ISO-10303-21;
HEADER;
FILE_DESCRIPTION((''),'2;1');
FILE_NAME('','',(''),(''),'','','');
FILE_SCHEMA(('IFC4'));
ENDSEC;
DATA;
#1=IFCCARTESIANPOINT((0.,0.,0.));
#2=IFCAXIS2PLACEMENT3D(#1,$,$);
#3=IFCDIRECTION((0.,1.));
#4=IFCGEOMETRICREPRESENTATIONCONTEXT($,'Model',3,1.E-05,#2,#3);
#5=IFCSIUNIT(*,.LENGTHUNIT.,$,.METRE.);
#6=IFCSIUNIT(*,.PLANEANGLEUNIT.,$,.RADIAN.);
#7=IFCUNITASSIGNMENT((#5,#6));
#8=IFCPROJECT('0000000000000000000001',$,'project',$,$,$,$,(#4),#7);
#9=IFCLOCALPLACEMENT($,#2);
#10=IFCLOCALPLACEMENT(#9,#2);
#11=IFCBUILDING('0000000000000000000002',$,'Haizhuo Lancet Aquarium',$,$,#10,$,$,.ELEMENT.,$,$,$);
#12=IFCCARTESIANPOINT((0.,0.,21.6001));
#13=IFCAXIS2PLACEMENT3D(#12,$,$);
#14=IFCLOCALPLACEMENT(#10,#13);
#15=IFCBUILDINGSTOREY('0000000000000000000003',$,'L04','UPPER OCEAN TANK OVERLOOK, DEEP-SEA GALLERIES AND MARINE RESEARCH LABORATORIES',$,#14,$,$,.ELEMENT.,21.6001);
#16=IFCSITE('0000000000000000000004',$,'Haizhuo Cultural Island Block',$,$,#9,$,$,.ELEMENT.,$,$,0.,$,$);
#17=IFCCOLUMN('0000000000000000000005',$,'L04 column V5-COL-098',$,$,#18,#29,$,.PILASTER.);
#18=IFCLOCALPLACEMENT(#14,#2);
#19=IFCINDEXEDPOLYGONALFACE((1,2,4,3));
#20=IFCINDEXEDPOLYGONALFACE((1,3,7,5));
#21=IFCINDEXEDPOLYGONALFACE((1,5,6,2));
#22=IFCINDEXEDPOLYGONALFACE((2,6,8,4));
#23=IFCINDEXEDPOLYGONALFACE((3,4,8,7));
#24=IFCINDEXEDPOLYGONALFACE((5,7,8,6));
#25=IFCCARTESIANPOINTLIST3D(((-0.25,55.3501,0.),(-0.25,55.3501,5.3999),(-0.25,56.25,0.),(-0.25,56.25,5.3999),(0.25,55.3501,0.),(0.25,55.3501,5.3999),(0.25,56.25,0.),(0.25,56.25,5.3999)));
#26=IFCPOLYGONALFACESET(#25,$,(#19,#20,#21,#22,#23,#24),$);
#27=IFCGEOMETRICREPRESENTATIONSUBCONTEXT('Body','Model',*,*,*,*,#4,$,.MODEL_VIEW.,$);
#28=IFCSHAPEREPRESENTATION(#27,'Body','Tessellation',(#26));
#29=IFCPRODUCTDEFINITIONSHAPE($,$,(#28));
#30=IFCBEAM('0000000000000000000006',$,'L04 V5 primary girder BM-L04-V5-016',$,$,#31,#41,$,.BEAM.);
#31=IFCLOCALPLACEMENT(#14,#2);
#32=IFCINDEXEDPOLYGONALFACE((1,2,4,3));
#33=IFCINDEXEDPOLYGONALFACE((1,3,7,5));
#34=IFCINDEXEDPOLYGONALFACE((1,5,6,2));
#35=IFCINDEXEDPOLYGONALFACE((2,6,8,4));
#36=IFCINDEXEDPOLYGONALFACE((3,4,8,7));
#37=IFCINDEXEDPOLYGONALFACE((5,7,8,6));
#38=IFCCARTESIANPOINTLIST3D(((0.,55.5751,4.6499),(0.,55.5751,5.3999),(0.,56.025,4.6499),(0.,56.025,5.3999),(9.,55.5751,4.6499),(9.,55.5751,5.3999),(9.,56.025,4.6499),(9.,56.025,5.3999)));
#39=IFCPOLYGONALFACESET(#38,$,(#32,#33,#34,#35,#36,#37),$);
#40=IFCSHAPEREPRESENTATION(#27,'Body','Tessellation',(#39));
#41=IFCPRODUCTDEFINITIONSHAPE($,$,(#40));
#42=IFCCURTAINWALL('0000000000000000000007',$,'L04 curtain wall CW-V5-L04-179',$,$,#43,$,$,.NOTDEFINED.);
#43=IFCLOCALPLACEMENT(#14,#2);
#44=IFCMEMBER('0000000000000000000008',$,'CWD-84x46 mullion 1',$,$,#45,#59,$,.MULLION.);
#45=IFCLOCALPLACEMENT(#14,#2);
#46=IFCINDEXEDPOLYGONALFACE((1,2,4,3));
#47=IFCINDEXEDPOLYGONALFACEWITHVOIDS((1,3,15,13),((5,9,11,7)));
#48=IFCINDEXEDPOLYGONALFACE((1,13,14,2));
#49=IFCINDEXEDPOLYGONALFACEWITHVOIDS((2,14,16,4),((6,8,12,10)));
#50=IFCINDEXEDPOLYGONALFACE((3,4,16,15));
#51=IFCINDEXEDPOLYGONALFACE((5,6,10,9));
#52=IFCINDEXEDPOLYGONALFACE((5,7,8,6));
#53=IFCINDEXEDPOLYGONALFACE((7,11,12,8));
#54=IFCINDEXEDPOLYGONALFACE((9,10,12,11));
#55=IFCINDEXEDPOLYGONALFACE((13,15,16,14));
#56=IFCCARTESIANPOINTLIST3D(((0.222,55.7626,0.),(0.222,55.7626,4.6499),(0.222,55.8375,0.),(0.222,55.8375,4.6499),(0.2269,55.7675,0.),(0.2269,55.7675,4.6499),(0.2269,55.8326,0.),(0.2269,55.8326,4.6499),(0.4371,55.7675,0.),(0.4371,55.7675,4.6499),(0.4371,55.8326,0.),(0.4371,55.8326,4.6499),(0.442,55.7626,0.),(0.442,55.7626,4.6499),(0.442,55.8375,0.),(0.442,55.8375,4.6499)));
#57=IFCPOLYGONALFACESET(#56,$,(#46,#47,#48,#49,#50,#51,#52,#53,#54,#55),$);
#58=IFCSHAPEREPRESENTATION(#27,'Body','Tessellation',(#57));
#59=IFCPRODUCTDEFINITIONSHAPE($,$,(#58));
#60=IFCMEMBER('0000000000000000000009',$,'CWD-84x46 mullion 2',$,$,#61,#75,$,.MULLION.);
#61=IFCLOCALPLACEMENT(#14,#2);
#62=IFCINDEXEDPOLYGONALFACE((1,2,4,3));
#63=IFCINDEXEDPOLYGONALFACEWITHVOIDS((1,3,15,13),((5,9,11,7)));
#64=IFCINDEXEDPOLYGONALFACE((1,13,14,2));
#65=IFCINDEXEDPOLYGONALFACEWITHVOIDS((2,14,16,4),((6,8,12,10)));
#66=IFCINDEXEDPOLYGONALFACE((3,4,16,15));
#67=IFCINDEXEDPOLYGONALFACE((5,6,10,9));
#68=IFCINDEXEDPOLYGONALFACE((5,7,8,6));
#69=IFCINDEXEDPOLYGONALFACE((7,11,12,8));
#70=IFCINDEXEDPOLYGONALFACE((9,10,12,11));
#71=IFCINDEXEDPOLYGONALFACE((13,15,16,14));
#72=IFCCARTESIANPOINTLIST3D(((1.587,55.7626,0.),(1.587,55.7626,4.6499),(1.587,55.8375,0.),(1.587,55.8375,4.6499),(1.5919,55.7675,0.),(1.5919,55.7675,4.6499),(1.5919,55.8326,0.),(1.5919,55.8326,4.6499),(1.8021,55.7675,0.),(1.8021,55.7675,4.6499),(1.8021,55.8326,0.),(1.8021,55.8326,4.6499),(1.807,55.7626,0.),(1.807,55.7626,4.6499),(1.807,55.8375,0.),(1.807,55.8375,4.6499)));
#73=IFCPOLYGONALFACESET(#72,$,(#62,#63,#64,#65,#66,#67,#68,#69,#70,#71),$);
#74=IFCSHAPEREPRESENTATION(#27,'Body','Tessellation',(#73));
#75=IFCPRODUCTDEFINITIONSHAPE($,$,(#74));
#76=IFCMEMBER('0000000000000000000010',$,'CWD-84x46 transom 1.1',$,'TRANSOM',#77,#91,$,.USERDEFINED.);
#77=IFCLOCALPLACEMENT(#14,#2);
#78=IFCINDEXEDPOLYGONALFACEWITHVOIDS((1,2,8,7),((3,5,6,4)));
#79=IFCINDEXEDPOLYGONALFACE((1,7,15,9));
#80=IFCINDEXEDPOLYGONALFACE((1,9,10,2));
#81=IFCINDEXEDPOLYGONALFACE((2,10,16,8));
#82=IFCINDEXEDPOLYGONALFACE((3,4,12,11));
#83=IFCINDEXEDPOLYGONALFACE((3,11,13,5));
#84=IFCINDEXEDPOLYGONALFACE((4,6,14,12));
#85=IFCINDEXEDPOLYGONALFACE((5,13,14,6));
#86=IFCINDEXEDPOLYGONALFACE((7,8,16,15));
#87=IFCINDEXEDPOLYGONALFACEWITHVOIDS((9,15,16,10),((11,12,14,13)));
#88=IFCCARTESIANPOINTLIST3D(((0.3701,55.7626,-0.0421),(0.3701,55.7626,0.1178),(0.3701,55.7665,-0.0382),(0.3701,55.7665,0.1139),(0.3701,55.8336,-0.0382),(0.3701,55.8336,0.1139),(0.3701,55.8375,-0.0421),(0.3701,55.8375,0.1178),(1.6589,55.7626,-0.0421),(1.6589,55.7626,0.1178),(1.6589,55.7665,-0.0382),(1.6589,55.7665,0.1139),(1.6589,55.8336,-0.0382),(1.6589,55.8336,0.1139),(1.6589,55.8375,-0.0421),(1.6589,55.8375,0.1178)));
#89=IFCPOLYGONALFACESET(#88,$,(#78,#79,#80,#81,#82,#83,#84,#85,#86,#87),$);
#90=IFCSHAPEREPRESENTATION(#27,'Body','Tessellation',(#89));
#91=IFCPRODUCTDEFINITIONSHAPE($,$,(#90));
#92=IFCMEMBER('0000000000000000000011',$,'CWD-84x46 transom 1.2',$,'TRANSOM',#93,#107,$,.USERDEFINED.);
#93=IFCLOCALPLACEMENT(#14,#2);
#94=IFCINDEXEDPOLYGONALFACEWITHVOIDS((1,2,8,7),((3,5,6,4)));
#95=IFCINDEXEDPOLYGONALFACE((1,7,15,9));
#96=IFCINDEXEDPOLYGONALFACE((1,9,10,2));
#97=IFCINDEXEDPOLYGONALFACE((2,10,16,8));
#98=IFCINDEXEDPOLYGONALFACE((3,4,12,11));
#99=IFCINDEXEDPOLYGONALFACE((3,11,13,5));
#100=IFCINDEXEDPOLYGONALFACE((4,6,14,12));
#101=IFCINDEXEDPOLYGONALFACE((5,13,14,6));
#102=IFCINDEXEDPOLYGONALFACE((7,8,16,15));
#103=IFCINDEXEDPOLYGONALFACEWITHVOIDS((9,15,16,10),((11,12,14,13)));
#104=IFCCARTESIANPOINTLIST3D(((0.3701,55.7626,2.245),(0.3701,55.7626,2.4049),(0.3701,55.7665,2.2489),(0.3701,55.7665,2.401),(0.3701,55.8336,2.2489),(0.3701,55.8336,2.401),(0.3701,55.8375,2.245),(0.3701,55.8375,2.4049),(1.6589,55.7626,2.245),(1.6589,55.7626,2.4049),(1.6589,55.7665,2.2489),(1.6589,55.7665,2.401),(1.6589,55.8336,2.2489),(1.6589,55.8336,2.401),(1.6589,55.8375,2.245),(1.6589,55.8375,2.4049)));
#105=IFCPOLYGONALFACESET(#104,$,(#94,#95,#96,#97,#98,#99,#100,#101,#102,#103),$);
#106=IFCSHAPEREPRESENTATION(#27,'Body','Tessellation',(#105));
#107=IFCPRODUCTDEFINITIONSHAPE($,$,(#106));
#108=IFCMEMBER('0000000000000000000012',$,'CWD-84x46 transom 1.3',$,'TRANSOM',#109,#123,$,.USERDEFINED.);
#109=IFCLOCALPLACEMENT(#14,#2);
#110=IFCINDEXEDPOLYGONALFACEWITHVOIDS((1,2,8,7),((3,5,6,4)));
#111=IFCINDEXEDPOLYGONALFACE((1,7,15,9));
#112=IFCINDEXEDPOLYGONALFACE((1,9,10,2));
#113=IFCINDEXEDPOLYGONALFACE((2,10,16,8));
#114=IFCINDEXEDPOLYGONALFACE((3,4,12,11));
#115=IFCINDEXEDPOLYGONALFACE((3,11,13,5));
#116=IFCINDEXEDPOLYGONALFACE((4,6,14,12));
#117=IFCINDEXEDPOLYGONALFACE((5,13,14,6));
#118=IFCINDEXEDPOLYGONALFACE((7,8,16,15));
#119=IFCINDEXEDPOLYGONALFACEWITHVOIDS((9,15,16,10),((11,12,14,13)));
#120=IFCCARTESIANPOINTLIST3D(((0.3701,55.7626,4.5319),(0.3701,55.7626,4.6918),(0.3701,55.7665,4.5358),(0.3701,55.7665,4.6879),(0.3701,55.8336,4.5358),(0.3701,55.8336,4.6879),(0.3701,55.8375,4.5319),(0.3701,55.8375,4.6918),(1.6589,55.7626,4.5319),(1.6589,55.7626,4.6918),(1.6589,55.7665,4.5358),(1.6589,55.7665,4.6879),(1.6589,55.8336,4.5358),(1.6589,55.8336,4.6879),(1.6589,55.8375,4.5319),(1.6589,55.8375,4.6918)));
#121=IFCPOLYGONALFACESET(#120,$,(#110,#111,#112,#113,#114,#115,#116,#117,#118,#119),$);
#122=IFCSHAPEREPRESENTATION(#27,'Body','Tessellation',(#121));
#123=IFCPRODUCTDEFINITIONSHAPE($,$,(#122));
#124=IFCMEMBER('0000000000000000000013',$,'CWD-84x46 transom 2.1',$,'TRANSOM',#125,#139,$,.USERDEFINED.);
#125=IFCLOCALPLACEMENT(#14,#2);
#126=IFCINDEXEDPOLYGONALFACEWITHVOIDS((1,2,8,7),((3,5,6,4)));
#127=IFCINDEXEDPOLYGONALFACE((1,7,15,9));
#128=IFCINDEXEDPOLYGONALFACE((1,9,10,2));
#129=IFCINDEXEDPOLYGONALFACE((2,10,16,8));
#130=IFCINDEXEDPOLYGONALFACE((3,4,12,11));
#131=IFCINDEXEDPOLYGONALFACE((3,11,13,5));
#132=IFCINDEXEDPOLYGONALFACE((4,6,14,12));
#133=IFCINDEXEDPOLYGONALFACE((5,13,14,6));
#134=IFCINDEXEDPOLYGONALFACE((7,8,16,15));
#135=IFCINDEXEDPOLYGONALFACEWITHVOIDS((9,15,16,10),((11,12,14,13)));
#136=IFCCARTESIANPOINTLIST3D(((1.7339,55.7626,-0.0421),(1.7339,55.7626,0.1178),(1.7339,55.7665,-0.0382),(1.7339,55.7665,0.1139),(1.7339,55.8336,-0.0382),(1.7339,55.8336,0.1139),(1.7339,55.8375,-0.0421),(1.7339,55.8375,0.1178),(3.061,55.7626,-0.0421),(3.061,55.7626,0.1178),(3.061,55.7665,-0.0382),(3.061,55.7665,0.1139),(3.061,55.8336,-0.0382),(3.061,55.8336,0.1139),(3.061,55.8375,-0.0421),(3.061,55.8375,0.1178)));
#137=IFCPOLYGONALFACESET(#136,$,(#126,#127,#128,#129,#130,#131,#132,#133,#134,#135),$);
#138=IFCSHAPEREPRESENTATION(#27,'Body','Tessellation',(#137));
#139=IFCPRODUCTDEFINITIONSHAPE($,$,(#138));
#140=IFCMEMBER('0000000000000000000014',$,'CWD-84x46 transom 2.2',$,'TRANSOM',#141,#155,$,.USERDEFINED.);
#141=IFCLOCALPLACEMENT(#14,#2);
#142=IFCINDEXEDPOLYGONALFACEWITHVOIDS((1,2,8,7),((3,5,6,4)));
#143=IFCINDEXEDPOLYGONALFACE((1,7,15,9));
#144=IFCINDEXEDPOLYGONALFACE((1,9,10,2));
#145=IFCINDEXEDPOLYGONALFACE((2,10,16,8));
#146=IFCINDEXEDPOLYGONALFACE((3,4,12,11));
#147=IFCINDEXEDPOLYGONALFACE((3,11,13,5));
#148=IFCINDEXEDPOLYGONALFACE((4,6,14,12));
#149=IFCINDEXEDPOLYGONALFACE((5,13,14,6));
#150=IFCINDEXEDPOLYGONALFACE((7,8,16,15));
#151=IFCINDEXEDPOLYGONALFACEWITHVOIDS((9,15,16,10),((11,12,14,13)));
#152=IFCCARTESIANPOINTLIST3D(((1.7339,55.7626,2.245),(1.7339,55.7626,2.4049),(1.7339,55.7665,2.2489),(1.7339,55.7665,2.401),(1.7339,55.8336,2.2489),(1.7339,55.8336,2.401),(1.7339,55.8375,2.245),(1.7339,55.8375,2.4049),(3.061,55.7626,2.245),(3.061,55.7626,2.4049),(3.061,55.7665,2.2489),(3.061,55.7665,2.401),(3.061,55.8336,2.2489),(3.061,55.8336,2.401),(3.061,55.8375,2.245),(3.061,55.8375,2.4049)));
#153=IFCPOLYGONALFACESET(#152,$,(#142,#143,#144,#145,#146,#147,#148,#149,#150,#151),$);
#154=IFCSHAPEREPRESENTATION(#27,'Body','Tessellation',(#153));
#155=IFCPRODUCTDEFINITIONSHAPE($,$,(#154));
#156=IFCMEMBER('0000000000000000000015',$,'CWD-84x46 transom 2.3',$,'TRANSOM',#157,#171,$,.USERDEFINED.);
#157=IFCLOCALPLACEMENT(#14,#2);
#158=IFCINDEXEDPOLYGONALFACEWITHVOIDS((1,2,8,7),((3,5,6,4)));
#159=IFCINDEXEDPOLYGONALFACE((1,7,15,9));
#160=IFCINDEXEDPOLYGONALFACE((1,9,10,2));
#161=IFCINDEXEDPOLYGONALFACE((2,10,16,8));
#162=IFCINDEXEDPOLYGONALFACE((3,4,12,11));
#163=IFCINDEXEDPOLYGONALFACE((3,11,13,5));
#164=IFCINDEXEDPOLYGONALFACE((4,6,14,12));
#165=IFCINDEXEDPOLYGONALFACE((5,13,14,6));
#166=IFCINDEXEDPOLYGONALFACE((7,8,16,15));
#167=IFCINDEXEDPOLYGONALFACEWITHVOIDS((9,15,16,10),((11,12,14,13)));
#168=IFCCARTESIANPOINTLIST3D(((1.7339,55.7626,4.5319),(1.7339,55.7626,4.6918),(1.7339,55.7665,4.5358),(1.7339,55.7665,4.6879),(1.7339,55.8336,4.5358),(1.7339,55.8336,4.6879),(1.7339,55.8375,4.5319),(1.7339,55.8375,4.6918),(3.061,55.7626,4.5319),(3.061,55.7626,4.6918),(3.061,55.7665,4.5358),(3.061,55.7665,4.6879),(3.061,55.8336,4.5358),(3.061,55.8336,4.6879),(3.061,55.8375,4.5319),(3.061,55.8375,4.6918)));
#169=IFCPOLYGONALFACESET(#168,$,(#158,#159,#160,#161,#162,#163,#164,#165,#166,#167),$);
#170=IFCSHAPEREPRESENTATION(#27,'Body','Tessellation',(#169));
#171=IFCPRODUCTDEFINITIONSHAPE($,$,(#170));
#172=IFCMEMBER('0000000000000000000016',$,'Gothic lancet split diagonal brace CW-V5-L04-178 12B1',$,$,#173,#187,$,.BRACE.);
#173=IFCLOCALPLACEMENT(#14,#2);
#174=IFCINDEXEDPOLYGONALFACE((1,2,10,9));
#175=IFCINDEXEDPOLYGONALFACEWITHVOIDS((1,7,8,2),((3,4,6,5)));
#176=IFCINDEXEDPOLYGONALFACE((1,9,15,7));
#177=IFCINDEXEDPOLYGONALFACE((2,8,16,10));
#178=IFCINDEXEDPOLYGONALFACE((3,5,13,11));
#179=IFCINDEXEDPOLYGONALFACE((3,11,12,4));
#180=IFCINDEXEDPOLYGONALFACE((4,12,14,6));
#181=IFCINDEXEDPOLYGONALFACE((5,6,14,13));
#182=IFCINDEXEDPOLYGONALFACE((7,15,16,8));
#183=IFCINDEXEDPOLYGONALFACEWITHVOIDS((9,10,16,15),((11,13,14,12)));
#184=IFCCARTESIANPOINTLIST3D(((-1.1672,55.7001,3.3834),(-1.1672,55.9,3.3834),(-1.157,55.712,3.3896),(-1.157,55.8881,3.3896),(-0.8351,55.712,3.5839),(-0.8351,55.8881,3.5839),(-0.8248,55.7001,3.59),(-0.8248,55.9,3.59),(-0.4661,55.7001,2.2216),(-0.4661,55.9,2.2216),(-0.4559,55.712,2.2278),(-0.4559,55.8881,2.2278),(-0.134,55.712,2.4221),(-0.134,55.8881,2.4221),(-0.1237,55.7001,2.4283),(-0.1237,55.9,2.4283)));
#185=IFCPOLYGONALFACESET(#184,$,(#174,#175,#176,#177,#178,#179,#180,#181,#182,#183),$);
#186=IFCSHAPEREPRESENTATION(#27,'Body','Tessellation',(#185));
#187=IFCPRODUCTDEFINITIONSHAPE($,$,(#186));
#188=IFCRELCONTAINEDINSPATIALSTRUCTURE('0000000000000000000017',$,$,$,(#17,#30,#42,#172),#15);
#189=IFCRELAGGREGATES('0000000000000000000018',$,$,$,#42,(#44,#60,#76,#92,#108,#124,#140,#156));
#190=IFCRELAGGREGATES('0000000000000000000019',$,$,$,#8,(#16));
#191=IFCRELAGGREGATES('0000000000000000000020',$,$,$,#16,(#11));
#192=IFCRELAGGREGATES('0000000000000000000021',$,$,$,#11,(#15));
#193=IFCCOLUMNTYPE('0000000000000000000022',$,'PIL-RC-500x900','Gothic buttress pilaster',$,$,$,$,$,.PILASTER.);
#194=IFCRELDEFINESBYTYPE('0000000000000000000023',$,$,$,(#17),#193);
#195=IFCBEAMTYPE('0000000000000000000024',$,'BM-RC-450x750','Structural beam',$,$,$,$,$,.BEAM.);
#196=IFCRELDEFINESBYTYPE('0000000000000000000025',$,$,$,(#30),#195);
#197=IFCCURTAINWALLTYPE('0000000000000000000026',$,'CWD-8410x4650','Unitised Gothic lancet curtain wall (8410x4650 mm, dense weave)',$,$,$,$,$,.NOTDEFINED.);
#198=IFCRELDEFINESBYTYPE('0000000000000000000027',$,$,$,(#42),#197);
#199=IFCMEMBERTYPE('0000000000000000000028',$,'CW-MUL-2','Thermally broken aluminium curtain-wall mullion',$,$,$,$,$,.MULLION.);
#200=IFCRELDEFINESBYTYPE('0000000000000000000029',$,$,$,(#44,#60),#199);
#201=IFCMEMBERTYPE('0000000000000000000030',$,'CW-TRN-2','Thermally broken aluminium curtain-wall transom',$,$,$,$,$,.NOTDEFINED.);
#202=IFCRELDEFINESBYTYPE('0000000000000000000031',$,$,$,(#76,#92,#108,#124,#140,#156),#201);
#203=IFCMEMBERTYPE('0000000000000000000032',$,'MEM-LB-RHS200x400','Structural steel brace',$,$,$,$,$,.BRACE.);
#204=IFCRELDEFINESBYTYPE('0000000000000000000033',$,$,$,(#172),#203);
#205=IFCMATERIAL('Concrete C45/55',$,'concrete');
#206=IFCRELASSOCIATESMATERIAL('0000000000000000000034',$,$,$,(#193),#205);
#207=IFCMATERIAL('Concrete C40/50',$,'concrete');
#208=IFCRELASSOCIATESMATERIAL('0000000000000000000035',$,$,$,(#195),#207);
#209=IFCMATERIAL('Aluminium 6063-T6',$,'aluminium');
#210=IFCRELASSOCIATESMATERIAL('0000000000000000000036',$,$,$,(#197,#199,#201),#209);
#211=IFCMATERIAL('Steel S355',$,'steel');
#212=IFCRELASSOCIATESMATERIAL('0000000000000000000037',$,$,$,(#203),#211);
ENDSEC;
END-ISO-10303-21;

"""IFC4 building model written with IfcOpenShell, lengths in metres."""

from ifc_helpers import new_model, si_unit, direction, frame, origin, origin_2d, place, context, subcontext, project, spatial, rectangle, hollow_rectangle, extrude, material, material_profile, profile_set, type_object, element, aggregate, save


model = new_model("IFC4")

# Units and contexts
model_context = context("Model", 3, precision=1e-05, world=origin(), true_north=direction((0.0, 1.0)))
body_context = subcontext(model_context, "Body", "Model", "MODEL_VIEW")
ifc_project = project(units=[si_unit("LENGTHUNIT", "METRE"), si_unit("PLANEANGLEUNIT", "RADIAN")], contexts=[model_context])

# Site, building, storey
site_placement = place(None, origin())
site = spatial("IfcSite", under=ifc_project, at=site_placement, Name="Haizhuo Cultural Island Block", CompositionType="ELEMENT", RefElevation=0.0)
building_placement = place(site_placement, origin())
building = spatial("IfcBuilding", under=site, at=building_placement, Name="Haizhuo Lancet Aquarium", CompositionType="ELEMENT")
storey_placement = place(building_placement, frame((0.0, 0.0, 21.6001)))
storey = spatial("IfcBuildingStorey", under=building, at=storey_placement, Name="L04", Description="UPPER OCEAN TANK OVERLOOK, DEEP-SEA GALLERIES AND MARINE RESEARCH LABORATORIES", CompositionType="ELEMENT", Elevation=21.6001)

# Column
ifc_material_1 = material(Name="Concrete C45/55", Category="concrete")
ifc_material_profile_1 = material_profile(ifc_material_1, rectangle(XDim=0.5, YDim=0.8999, at=origin_2d()), Name="RC-PIL 500x900")
ifc_profile_set_1 = profile_set([ifc_material_profile_1], Name="Concrete C45/55")
column_type = type_object("IfcColumnType", Name="PIL-RC-500x900", Description="Gothic buttress pilaster", PredefinedType="PILASTER", material=ifc_profile_set_1)
column_placement = place(storey_placement, frame((0.0, 55.8, 0.0), z_axis=(0.0, 0.0, 1.0), x_axis=(1.0, 0.0, 0.0)))
element("IfcColumn", 1, at=column_placement, inside=storey, type_object=column_type, Name="L04 column V5-COL-098", PredefinedType="PILASTER", context=body_context, shape_type="SweptSolid", body=[
    extrude(rectangle(XDim=0.5, YDim=0.8999, at=origin_2d()), origin(), (0.0, 0.0, 1.0), 5.3999),
])

# Beam
ifc_material_2 = material(Name="Concrete C40/50", Category="concrete")
ifc_material_profile_2 = material_profile(ifc_material_2, rectangle(XDim=0.45, YDim=0.75, at=origin_2d()), Name="RC-BM 450x750")
ifc_profile_set_2 = profile_set([ifc_material_profile_2], Name="Concrete C40/50")
beam_type = type_object("IfcBeamType", Name="BM-RC-450x750", Description="Structural beam", PredefinedType="BEAM", material=ifc_profile_set_2)
beam_placement = place(storey_placement, frame((0.0, 55.8, 5.0249), z_axis=(1.0, 0.0, 0.0), x_axis=(0.0, 1.0, 0.0)))
element("IfcBeam", 2, at=beam_placement, inside=storey, type_object=beam_type, Name="L04 V5 primary girder BM-L04-V5-016", PredefinedType="BEAM", context=body_context, shape_type="SweptSolid", body=[
    extrude(rectangle(XDim=0.45, YDim=0.75, at=origin_2d()), origin(), (0.0, 0.0, 1.0), 9.0),
])

# Curtain wall, members
ifc_material_3 = material(Name="Aluminium 6063-T6", Category="aluminium")
curtain_wall_type = type_object("IfcCurtainWallType", Name="CWD-8410x4650", Description="Unitised Gothic lancet curtain wall (8410x4650 mm, dense weave)", PredefinedType="NOTDEFINED", material=ifc_material_3)
curtain_wall_placement = place(storey_placement, origin())
curtain_wall = element("IfcCurtainWall", 3, at=curtain_wall_placement, inside=storey, type_object=curtain_wall_type, Name="L04 curtain wall CW-V5-L04-179", PredefinedType="NOTDEFINED")
ifc_material_profile_3 = material_profile(ifc_material_3, hollow_rectangle(XDim=0.075, YDim=0.22, WallThickness=0.0049, at=origin_2d()), Name="ALU-M 75x220x5")
ifc_profile_set_3 = profile_set([ifc_material_profile_3], Name="Aluminium 6063-T6")
member_type_1 = type_object("IfcMemberType", Name="CW-MUL-2", Description="Thermally broken aluminium curtain-wall mullion", PredefinedType="MULLION", material=ifc_profile_set_3)
member_1_placement = place(storey_placement, frame((0.332, 55.8, 0.0), z_axis=(0.0, 0.0, 1.0), x_axis=(0.0, 1.0, 0.0)))
member_1 = element("IfcMember", 4, at=member_1_placement, type_object=member_type_1, Name="CWD-84x46 mullion 1", PredefinedType="MULLION", context=body_context, shape_type="SweptSolid", body=[
    extrude(hollow_rectangle(XDim=0.075, YDim=0.22, WallThickness=0.0049, at=origin_2d()), origin(), (0.0, 0.0, 1.0), 4.6499),
])
member_2_placement = place(storey_placement, frame((1.697, 55.8, 0.0), z_axis=(0.0, 0.0, 1.0), x_axis=(0.0, 1.0, 0.0)))
member_2 = element("IfcMember", 5, at=member_2_placement, type_object=member_type_1, Name="CWD-84x46 mullion 2", PredefinedType="MULLION", context=body_context, shape_type="SweptSolid", body=[
    extrude(hollow_rectangle(XDim=0.075, YDim=0.22, WallThickness=0.0049, at=origin_2d()), origin(), (0.0, 0.0, 1.0), 4.6499),
])
ifc_material_profile_4 = material_profile(ifc_material_3, hollow_rectangle(XDim=0.075, YDim=0.1599, WallThickness=0.0039, at=origin_2d()), Name="ALU-T 75x160x4")
ifc_profile_set_4 = profile_set([ifc_material_profile_4], Name="Aluminium 6063-T6")
member_type_2 = type_object("IfcMemberType", Name="CW-TRN-2", Description="Thermally broken aluminium curtain-wall transom", PredefinedType="NOTDEFINED", material=ifc_profile_set_4)
member_3_placement = place(storey_placement, frame((0.3701, 55.8, 0.0378), z_axis=(1.0, 0.0, 0.0), x_axis=(0.0, 1.0, 0.0)))
member_3 = element("IfcMember", 6, at=member_3_placement, type_object=member_type_2, Name="CWD-84x46 transom 1.1", ObjectType="TRANSOM", PredefinedType="USERDEFINED", context=body_context, shape_type="SweptSolid", body=[
    extrude(hollow_rectangle(XDim=0.075, YDim=0.1599, WallThickness=0.0039, at=origin_2d()), origin(), (0.0, 0.0, 1.0), 1.2888),
])
member_4_placement = place(storey_placement, frame((0.3701, 55.8, 2.325), z_axis=(1.0, 0.0, 0.0), x_axis=(0.0, 1.0, 0.0)))
member_4 = element("IfcMember", 7, at=member_4_placement, type_object=member_type_2, Name="CWD-84x46 transom 1.2", ObjectType="TRANSOM", PredefinedType="USERDEFINED", context=body_context, shape_type="SweptSolid", body=[
    extrude(hollow_rectangle(XDim=0.075, YDim=0.1599, WallThickness=0.0039, at=origin_2d()), origin(), (0.0, 0.0, 1.0), 1.2888),
])
member_5_placement = place(storey_placement, frame((0.3701, 55.8, 4.6118), z_axis=(1.0, 0.0, 0.0), x_axis=(0.0, 1.0, 0.0)))
member_5 = element("IfcMember", 8, at=member_5_placement, type_object=member_type_2, Name="CWD-84x46 transom 1.3", ObjectType="TRANSOM", PredefinedType="USERDEFINED", context=body_context, shape_type="SweptSolid", body=[
    extrude(hollow_rectangle(XDim=0.075, YDim=0.1599, WallThickness=0.0039, at=origin_2d()), origin(), (0.0, 0.0, 1.0), 1.2888),
])
member_6_placement = place(storey_placement, frame((1.7339, 55.8, 0.0378), z_axis=(1.0, 0.0, 0.0), x_axis=(0.0, 1.0, 0.0)))
member_6 = element("IfcMember", 9, at=member_6_placement, type_object=member_type_2, Name="CWD-84x46 transom 2.1", ObjectType="TRANSOM", PredefinedType="USERDEFINED", context=body_context, shape_type="SweptSolid", body=[
    extrude(hollow_rectangle(XDim=0.075, YDim=0.1599, WallThickness=0.0039, at=origin_2d()), origin(), (0.0, 0.0, 1.0), 1.3271),
])
member_7_placement = place(storey_placement, frame((1.7339, 55.8, 2.325), z_axis=(1.0, 0.0, 0.0), x_axis=(0.0, 1.0, 0.0)))
member_7 = element("IfcMember", 10, at=member_7_placement, type_object=member_type_2, Name="CWD-84x46 transom 2.2", ObjectType="TRANSOM", PredefinedType="USERDEFINED", context=body_context, shape_type="SweptSolid", body=[
    extrude(hollow_rectangle(XDim=0.075, YDim=0.1599, WallThickness=0.0039, at=origin_2d()), origin(), (0.0, 0.0, 1.0), 1.3271),
])
member_8_placement = place(storey_placement, frame((1.7339, 55.8, 4.6118), z_axis=(1.0, 0.0, 0.0), x_axis=(0.0, 1.0, 0.0)))
member_8 = element("IfcMember", 11, at=member_8_placement, type_object=member_type_2, Name="CWD-84x46 transom 2.3", ObjectType="TRANSOM", PredefinedType="USERDEFINED", context=body_context, shape_type="SweptSolid", body=[
    extrude(hollow_rectangle(XDim=0.075, YDim=0.1599, WallThickness=0.0039, at=origin_2d()), origin(), (0.0, 0.0, 1.0), 1.3271),
])

# Member
ifc_material_4 = material(Name="Steel S355", Category="steel")
ifc_material_profile_5 = material_profile(ifc_material_4, hollow_rectangle(XDim=0.2, YDim=0.3999, WallThickness=0.012, at=origin_2d()), Name="RHS 200x400x12")
ifc_profile_set_5 = profile_set([ifc_material_profile_5], Name="Steel S355")
member_type_3 = type_object("IfcMemberType", Name="MEM-LB-RHS200x400", Description="Structural steel brace", PredefinedType="BRACE", material=ifc_profile_set_5)
member_9_placement = place(storey_placement, frame((-0.2949, 55.8, 2.325), z_axis=(-0.51669, 0.0, 0.856173), x_axis=(0.0, -1.0, 0.0)))
element("IfcMember", 12, at=member_9_placement, inside=storey, type_object=member_type_3, Name="Gothic lancet split diagonal brace CW-V5-L04-178 12B1", PredefinedType="BRACE", context=body_context, shape_type="SweptSolid", body=[
    extrude(hollow_rectangle(XDim=0.2, YDim=0.3999, WallThickness=0.012, at=origin_2d()), origin(), (0.0, 0.0, 1.0), 1.3569),
])

aggregate(curtain_wall, [member_1, member_2, member_3, member_4, member_5, member_6, member_7, member_8])

save(model, "model.ifc")
